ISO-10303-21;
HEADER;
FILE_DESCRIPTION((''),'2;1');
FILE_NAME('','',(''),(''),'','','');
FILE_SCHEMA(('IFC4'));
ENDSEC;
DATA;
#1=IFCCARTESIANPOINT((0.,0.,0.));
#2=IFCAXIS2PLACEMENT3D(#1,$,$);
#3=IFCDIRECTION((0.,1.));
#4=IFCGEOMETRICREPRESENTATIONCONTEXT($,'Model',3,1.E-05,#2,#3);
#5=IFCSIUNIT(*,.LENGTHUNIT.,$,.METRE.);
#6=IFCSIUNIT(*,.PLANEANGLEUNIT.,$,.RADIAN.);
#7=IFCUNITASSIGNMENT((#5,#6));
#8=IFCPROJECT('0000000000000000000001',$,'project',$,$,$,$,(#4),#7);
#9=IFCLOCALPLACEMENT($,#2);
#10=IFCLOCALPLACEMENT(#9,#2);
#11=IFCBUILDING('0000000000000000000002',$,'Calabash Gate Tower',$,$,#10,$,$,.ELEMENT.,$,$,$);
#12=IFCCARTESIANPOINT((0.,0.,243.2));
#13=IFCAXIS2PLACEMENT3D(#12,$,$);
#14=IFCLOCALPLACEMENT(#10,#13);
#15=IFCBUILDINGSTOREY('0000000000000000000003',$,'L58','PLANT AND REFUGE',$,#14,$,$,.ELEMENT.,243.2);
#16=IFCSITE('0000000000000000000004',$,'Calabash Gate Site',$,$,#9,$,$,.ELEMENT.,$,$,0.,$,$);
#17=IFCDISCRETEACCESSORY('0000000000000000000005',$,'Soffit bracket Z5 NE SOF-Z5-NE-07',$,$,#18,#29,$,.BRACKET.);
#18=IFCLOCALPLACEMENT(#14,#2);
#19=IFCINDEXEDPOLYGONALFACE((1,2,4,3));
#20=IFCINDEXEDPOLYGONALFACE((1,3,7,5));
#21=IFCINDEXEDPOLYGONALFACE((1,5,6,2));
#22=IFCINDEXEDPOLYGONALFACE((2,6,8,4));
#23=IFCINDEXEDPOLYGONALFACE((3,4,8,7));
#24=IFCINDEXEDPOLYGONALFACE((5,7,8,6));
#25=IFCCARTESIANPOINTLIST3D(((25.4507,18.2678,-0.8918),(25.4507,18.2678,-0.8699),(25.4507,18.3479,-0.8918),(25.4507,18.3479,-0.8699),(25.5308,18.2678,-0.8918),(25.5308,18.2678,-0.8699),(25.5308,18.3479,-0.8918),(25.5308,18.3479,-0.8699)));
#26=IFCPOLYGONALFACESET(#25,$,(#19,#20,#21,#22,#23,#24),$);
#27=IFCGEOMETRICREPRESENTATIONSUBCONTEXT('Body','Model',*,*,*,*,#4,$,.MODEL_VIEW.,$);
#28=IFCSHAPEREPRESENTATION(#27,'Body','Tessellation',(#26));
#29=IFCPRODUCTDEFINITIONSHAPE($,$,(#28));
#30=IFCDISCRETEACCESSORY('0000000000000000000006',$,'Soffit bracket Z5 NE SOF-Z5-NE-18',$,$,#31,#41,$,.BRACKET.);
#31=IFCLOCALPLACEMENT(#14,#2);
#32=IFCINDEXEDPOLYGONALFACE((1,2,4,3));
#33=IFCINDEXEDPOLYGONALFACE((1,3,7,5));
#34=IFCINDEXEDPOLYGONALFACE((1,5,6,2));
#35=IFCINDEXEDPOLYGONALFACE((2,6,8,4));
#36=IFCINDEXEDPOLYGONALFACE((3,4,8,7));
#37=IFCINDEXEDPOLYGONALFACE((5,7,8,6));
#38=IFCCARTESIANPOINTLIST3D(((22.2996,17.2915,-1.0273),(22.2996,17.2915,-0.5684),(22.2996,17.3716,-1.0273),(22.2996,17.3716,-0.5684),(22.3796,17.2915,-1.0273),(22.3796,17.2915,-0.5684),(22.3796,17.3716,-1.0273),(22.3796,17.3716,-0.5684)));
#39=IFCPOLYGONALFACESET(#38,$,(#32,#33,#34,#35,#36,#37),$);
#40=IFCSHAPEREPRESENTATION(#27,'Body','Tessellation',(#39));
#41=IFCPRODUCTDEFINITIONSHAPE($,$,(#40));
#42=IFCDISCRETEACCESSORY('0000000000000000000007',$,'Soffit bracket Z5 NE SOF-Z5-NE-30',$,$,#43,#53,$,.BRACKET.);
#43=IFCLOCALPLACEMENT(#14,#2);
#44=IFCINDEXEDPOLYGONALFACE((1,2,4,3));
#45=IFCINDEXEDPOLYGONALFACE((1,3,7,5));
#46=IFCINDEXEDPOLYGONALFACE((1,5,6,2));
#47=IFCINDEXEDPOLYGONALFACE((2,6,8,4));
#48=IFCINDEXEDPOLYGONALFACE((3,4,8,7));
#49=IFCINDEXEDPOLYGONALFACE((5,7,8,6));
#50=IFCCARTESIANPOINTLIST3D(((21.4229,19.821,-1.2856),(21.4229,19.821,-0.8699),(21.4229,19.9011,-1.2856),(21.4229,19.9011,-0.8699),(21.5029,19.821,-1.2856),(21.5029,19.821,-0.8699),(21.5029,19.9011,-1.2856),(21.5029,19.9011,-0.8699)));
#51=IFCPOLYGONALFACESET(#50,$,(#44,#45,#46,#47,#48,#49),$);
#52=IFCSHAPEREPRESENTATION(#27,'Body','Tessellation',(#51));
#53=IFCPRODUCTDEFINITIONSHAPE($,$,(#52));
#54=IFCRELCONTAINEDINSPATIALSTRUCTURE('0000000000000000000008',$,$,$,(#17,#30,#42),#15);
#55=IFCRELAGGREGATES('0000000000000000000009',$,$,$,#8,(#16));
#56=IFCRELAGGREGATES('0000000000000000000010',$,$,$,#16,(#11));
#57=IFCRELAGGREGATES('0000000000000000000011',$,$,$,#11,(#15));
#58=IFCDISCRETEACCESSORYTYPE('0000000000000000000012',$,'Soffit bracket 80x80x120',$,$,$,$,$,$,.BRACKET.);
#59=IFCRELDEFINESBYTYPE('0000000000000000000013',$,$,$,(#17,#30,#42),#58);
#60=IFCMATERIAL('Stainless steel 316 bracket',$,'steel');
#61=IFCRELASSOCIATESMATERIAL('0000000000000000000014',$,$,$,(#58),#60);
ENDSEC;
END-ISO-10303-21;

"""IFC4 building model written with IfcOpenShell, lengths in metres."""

from ifc_helpers import new_model, si_unit, direction, frame, origin, origin_2d, place, context, subcontext, project, spatial, rectangle, extrude, material, type_object, element, save


model = new_model("IFC4")

# Units and contexts
model_context = context("Model", 3, precision=1e-05, world=origin(), true_north=direction((0.0, 1.0)))
body_context = subcontext(model_context, "Body", "Model", "MODEL_VIEW")
ifc_project = project(units=[si_unit("LENGTHUNIT", "METRE"), si_unit("PLANEANGLEUNIT", "RADIAN")], contexts=[model_context])

# Site, building, storey
site_placement = place(None, origin())
site = spatial("IfcSite", under=ifc_project, at=site_placement, Name="Calabash Gate Site", CompositionType="ELEMENT", RefElevation=0.0)
building_placement = place(site_placement, origin())
building = spatial("IfcBuilding", under=site, at=building_placement, Name="Calabash Gate Tower", CompositionType="ELEMENT")
storey_placement = place(building_placement, frame((0.0, 0.0, 243.2)))
storey = spatial("IfcBuildingStorey", under=building, at=storey_placement, Name="L58", Description="PLANT AND REFUGE", CompositionType="ELEMENT", Elevation=243.2)

# Discrete accessories
ifc_material_1 = material(Name="Stainless steel 316 bracket", Category="steel")
discrete_accessory_type_1 = type_object("IfcDiscreteAccessoryType", Name="Soffit bracket 80x80x120", PredefinedType="BRACKET", material=ifc_material_1)
discrete_accessory_1_placement = place(storey_placement, frame((25.4907, 18.3079, -0.8918), z_axis=(0.0, 0.0, 1.0), x_axis=(1.0, 0.0, 0.0)))
element("IfcDiscreteAccessory", 1, at=discrete_accessory_1_placement, inside=storey, type_object=discrete_accessory_type_1, Name="Soffit bracket Z5 NE SOF-Z5-NE-07", PredefinedType="BRACKET", context=body_context, shape_type="SweptSolid", body=[
    extrude(rectangle(XDim=0.0801, YDim=0.0801, at=origin_2d()), origin(), (0.0, 0.0, 1.0), 0.022),
])
discrete_accessory_2_placement = place(storey_placement, frame((22.3396, 17.3315, -1.0273), z_axis=(0.0, 0.0, 1.0), x_axis=(1.0, 0.0, 0.0)))
element("IfcDiscreteAccessory", 2, at=discrete_accessory_2_placement, inside=storey, type_object=discrete_accessory_type_1, Name="Soffit bracket Z5 NE SOF-Z5-NE-18", PredefinedType="BRACKET", context=body_context, shape_type="SweptSolid", body=[
    extrude(rectangle(XDim=0.0801, YDim=0.0801, at=origin_2d()), origin(), (0.0, 0.0, 1.0), 0.459),
])
discrete_accessory_3_placement = place(storey_placement, frame((21.4629, 19.8611, -1.2856), z_axis=(0.0, 0.0, 1.0), x_axis=(1.0, 0.0, 0.0)))
element("IfcDiscreteAccessory", 3, at=discrete_accessory_3_placement, inside=storey, type_object=discrete_accessory_type_1, Name="Soffit bracket Z5 NE SOF-Z5-NE-30", PredefinedType="BRACKET", context=body_context, shape_type="SweptSolid", body=[
    extrude(rectangle(XDim=0.0801, YDim=0.0801, at=origin_2d()), origin(), (0.0, 0.0, 1.0), 0.4158),
])

save(model, "model.ifc")
